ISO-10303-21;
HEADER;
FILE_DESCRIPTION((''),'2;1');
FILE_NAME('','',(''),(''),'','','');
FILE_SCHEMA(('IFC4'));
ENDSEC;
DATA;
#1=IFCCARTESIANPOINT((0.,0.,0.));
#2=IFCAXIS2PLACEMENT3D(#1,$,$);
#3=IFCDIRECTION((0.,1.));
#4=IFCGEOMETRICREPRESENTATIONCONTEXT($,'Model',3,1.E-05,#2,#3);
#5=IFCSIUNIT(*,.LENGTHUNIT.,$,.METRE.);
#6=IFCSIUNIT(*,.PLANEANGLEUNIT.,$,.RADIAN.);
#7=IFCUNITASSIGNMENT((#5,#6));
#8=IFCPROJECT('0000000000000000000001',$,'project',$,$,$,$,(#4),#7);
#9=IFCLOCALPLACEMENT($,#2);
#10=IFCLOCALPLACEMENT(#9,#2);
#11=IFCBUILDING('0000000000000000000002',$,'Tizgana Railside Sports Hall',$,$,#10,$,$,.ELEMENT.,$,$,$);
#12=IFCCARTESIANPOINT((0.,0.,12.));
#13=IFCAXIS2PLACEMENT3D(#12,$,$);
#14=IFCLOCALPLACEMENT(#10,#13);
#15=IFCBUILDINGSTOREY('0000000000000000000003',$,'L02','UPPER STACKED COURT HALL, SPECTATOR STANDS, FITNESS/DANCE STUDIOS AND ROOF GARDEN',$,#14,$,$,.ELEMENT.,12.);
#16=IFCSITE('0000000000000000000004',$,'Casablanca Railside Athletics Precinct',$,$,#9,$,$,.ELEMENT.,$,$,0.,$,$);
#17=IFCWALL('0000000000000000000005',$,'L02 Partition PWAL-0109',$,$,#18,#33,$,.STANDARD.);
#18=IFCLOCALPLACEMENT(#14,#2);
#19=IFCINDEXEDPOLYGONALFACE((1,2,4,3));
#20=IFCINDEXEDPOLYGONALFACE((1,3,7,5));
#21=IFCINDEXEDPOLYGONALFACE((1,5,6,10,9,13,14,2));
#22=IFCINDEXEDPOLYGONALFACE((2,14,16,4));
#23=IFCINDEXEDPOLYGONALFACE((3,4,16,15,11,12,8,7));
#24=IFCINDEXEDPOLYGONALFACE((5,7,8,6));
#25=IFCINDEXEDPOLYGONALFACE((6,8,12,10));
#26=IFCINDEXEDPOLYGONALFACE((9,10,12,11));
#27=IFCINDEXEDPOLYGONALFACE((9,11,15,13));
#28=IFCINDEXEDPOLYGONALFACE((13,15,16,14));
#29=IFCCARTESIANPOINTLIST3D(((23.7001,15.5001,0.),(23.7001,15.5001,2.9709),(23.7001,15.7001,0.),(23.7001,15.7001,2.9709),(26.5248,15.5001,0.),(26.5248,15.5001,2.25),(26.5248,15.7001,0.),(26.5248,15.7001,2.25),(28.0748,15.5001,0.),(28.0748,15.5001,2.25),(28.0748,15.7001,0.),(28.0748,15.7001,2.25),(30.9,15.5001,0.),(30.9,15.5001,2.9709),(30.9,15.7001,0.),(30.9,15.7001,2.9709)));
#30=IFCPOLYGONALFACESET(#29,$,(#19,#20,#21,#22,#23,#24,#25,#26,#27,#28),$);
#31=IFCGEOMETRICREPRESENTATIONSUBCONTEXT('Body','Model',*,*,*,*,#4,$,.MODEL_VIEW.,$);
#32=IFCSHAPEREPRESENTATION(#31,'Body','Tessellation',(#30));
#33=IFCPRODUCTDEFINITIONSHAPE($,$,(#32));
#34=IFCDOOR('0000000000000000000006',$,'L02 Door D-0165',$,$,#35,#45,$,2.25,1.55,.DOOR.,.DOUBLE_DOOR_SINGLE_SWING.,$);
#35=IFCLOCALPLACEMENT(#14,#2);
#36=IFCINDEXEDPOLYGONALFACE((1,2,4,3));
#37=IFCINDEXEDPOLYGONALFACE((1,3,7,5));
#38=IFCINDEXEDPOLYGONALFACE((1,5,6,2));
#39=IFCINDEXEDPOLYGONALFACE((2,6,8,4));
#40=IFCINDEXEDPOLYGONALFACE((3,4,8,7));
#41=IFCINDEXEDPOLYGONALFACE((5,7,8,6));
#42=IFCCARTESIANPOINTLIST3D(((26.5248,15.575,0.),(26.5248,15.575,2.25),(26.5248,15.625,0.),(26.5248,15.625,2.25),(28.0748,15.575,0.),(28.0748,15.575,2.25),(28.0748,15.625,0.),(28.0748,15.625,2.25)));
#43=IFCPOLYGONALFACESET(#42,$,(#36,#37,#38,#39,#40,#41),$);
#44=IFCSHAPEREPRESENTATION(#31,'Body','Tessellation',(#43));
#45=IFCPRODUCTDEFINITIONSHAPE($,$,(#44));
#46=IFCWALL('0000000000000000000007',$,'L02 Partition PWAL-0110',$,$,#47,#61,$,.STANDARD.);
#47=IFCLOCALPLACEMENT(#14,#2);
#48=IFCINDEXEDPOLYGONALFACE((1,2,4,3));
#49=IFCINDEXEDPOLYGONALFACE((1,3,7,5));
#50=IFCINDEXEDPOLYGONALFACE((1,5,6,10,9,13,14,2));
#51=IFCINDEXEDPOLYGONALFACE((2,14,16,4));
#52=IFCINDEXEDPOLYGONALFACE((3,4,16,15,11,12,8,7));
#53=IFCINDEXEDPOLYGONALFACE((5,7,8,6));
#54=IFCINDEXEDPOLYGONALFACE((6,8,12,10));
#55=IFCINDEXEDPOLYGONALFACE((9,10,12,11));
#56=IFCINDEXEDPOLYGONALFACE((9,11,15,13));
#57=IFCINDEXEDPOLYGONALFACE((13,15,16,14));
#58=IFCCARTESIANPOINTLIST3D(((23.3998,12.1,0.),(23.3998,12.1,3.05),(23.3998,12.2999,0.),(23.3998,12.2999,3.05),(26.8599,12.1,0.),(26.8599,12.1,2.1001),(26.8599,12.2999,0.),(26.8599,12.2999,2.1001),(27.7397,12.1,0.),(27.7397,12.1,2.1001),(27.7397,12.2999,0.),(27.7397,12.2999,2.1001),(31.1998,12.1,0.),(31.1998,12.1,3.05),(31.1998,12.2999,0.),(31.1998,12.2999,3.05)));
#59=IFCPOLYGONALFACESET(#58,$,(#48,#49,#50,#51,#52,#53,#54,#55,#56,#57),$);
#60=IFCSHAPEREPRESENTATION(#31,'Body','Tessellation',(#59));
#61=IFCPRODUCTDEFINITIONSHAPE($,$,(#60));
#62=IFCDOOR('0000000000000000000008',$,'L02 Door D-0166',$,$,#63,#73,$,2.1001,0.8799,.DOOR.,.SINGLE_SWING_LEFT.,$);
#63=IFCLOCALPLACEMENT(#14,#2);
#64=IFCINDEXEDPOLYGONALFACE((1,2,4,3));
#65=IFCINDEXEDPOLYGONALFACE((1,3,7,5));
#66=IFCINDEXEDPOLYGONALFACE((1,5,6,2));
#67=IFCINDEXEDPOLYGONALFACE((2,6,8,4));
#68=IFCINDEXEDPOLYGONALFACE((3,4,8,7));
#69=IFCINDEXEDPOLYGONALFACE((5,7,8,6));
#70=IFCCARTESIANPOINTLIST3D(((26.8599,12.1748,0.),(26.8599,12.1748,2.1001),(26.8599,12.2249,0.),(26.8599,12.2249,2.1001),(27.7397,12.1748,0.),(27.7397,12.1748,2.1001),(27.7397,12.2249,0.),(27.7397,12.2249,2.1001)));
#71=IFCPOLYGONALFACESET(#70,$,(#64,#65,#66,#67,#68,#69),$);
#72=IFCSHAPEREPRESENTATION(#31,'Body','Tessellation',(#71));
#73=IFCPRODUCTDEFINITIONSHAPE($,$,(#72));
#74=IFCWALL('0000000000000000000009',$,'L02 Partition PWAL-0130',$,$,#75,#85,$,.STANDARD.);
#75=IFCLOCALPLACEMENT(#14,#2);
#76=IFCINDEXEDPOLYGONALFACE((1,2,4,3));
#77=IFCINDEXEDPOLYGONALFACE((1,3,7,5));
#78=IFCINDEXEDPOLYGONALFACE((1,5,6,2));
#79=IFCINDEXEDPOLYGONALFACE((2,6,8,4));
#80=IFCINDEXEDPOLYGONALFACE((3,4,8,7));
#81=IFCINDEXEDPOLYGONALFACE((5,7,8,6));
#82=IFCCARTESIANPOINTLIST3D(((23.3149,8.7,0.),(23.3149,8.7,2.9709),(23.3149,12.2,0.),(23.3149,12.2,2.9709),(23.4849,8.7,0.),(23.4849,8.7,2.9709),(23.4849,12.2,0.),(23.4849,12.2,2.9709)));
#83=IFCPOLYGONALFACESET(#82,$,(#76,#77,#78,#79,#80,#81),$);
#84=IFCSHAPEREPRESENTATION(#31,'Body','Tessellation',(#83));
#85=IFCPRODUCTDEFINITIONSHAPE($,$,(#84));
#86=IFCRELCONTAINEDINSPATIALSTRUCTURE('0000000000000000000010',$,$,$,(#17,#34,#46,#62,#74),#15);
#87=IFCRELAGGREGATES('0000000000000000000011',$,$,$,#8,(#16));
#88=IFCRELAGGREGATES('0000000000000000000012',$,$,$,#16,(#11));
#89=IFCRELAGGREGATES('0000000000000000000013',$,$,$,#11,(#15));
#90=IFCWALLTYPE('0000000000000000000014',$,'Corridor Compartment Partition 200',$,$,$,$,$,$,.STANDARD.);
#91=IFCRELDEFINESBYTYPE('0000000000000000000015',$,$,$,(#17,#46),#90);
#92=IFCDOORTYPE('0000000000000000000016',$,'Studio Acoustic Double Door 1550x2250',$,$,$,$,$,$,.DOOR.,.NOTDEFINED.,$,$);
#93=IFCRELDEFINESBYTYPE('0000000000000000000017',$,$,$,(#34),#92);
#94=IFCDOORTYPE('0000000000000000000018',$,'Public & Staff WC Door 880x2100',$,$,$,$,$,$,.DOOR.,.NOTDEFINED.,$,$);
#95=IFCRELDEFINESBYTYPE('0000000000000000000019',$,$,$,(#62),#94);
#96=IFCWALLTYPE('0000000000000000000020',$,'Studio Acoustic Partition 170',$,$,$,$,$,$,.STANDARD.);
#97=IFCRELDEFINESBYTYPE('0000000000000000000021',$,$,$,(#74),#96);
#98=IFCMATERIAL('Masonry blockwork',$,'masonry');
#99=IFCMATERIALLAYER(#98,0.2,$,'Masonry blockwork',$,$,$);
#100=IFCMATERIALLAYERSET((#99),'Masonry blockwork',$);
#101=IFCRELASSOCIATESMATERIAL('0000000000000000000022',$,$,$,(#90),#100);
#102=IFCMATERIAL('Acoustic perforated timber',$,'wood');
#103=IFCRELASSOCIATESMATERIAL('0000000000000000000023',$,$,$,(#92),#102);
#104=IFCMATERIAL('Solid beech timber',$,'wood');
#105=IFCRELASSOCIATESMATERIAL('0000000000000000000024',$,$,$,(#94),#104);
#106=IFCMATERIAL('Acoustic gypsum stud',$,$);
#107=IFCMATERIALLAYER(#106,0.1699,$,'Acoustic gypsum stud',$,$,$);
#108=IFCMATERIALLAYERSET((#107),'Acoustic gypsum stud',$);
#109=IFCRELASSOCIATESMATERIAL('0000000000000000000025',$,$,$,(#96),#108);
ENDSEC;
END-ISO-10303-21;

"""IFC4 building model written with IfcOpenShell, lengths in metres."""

from ifc_helpers import new_model, si_unit, direction, frame, frame_2d, origin, place, context, subcontext, project, spatial, rectangle, extrude, material, layer, layer_set, type_object, element, fill, save


model = new_model("IFC4")

# Units and contexts
model_context = context("Model", 3, precision=1e-05, world=origin(), true_north=direction((0.0, 1.0)))
body_context = subcontext(model_context, "Body", "Model", "MODEL_VIEW")
ifc_project = project(units=[si_unit("LENGTHUNIT", "METRE"), si_unit("PLANEANGLEUNIT", "RADIAN")], contexts=[model_context])

# Site, building, storey
site_placement = place(None, origin())
site = spatial("IfcSite", under=ifc_project, at=site_placement, Name="Casablanca Railside Athletics Precinct", CompositionType="ELEMENT", RefElevation=0.0)
building_placement = place(site_placement, origin())
building = spatial("IfcBuilding", under=site, at=building_placement, Name="Tizgana Railside Sports Hall", CompositionType="ELEMENT")
storey_placement = place(building_placement, frame((0.0, 0.0, 12.0)))
storey = spatial("IfcBuildingStorey", under=building, at=storey_placement, Name="L02", Description="UPPER STACKED COURT HALL, SPECTATOR STANDS, FITNESS/DANCE STUDIOS AND ROOF GARDEN", CompositionType="ELEMENT", Elevation=12.0)

# Walls, openings, doors
ifc_material_1 = material(Name="Masonry blockwork", Category="masonry")
ifc_layer_1 = layer(ifc_material_1, 0.2, Name="Masonry blockwork")
ifc_layer_set_1 = layer_set([ifc_layer_1], Name="Masonry blockwork")
wall_type_1 = type_object("IfcWallType", Name="Corridor Compartment Partition 200", PredefinedType="STANDARD", material=ifc_layer_set_1)
ifc_material_2 = material(Name="Acoustic perforated timber", Category="wood")
door_type_1 = type_object("IfcDoorType", Name="Studio Acoustic Double Door 1550x2250", OperationType="NOTDEFINED", PredefinedType="DOOR", material=ifc_material_2)
wall_1_placement = place(storey_placement, frame((23.7, 15.6001, 0.0), z_axis=(0.0, 0.0, 1.0), x_axis=(1.0, 0.0, 0.0)))
wall_1 = element("IfcWall", 1, at=wall_1_placement, inside=storey, type_object=wall_type_1, Name="L02 Partition PWAL-0109", PredefinedType="STANDARD", context=body_context, shape_type="SweptSolid", body=[
    extrude(rectangle(XDim=7.2, YDim=0.2, at=frame_2d((3.6001, 0.0))), origin(), (0.0, 0.0, 1.0), 2.9709),
])
opening_1_placement = place(wall_1_placement, frame((2.825, 0.0, 0.0)))
opening_1 = element("IfcOpeningElement", 2, at=opening_1_placement, cuts=wall_1, PredefinedType="OPENING", context=body_context, shape_type="SweptSolid", body=[
    extrude(rectangle(XDim=1.55, YDim=2.25, at=frame_2d((0.7749, 1.125))), frame((0.0, 0.1099, 0.0), z_axis=(0.0, -1.0, 0.0), x_axis=(1.0, 0.0, 0.0)), (0.0, 0.0, 1.0), 0.22),
])
door_1_placement = place(opening_1_placement, origin())
door_1 = element("IfcDoor", 3, at=door_1_placement, inside=storey, type_object=door_type_1, Name="L02 Door D-0165", OperationType="DOUBLE_DOOR_SINGLE_SWING", OverallHeight=2.25, OverallWidth=1.55, PredefinedType="DOOR", context=body_context, shape_type="SweptSolid", body=[
    extrude(rectangle(XDim=1.55, YDim=2.25, at=frame_2d((0.7749, 1.125))), frame((0.0, 0.0249, 0.0), z_axis=(0.0, -1.0, 0.0), x_axis=(1.0, 0.0, 0.0)), (0.0, 0.0, 1.0), 0.05),
])
fill(opening_1, door_1)
wall_2_placement = place(storey_placement, frame((23.3999, 12.2, 0.0), z_axis=(0.0, 0.0, 1.0), x_axis=(1.0, 0.0, 0.0)))
wall_2 = element("IfcWall", 4, at=wall_2_placement, inside=storey, type_object=wall_type_1, Name="L02 Partition PWAL-0110", PredefinedType="STANDARD", context=body_context, shape_type="SweptSolid", body=[
    extrude(rectangle(XDim=7.8, YDim=0.2, at=frame_2d((3.8999, 0.0))), origin(), (0.0, 0.0, 1.0), 3.05),
])
opening_2_placement = place(wall_2_placement, frame((3.46, 0.0, 0.0)))
opening_2 = element("IfcOpeningElement", 5, at=opening_2_placement, cuts=wall_2, PredefinedType="OPENING", context=body_context, shape_type="SweptSolid", body=[
    extrude(rectangle(XDim=0.8799, YDim=2.1001, at=frame_2d((0.4399, 1.05))), frame((0.0, 0.1099, 0.0), z_axis=(0.0, -1.0, 0.0), x_axis=(1.0, 0.0, 0.0)), (0.0, 0.0, 1.0), 0.22),
])
ifc_material_3 = material(Name="Solid beech timber", Category="wood")
door_type_2 = type_object("IfcDoorType", Name="Public & Staff WC Door 880x2100", OperationType="NOTDEFINED", PredefinedType="DOOR", material=ifc_material_3)
door_2_placement = place(opening_2_placement, origin())
door_2 = element("IfcDoor", 6, at=door_2_placement, inside=storey, type_object=door_type_2, Name="L02 Door D-0166", OperationType="SINGLE_SWING_LEFT", OverallHeight=2.1001, OverallWidth=0.8799, PredefinedType="DOOR", context=body_context, shape_type="SweptSolid", body=[
    extrude(rectangle(XDim=0.8799, YDim=2.1001, at=frame_2d((0.4399, 1.05))), frame((0.0, 0.0249, 0.0), z_axis=(0.0, -1.0, 0.0), x_axis=(1.0, 0.0, 0.0)), (0.0, 0.0, 1.0), 0.05),
])
fill(opening_2, door_2)

# Wall
ifc_material_4 = material(Name="Acoustic gypsum stud")
ifc_layer_2 = layer(ifc_material_4, 0.1699, Name="Acoustic gypsum stud")
ifc_layer_set_2 = layer_set([ifc_layer_2], Name="Acoustic gypsum stud")
wall_type_2 = type_object("IfcWallType", Name="Studio Acoustic Partition 170", PredefinedType="STANDARD", material=ifc_layer_set_2)
wall_3_placement = place(storey_placement, frame((23.3999, 8.7, 0.0), z_axis=(0.0, 0.0, 1.0), x_axis=(0.0, 1.0, 0.0)))
element("IfcWall", 7, at=wall_3_placement, inside=storey, type_object=wall_type_2, Name="L02 Partition PWAL-0130", PredefinedType="STANDARD", context=body_context, shape_type="SweptSolid", body=[
    extrude(rectangle(XDim=3.5, YDim=0.1699, at=frame_2d((1.75, 0.0))), origin(), (0.0, 0.0, 1.0), 2.9709),
])

save(model, "model.ifc")
